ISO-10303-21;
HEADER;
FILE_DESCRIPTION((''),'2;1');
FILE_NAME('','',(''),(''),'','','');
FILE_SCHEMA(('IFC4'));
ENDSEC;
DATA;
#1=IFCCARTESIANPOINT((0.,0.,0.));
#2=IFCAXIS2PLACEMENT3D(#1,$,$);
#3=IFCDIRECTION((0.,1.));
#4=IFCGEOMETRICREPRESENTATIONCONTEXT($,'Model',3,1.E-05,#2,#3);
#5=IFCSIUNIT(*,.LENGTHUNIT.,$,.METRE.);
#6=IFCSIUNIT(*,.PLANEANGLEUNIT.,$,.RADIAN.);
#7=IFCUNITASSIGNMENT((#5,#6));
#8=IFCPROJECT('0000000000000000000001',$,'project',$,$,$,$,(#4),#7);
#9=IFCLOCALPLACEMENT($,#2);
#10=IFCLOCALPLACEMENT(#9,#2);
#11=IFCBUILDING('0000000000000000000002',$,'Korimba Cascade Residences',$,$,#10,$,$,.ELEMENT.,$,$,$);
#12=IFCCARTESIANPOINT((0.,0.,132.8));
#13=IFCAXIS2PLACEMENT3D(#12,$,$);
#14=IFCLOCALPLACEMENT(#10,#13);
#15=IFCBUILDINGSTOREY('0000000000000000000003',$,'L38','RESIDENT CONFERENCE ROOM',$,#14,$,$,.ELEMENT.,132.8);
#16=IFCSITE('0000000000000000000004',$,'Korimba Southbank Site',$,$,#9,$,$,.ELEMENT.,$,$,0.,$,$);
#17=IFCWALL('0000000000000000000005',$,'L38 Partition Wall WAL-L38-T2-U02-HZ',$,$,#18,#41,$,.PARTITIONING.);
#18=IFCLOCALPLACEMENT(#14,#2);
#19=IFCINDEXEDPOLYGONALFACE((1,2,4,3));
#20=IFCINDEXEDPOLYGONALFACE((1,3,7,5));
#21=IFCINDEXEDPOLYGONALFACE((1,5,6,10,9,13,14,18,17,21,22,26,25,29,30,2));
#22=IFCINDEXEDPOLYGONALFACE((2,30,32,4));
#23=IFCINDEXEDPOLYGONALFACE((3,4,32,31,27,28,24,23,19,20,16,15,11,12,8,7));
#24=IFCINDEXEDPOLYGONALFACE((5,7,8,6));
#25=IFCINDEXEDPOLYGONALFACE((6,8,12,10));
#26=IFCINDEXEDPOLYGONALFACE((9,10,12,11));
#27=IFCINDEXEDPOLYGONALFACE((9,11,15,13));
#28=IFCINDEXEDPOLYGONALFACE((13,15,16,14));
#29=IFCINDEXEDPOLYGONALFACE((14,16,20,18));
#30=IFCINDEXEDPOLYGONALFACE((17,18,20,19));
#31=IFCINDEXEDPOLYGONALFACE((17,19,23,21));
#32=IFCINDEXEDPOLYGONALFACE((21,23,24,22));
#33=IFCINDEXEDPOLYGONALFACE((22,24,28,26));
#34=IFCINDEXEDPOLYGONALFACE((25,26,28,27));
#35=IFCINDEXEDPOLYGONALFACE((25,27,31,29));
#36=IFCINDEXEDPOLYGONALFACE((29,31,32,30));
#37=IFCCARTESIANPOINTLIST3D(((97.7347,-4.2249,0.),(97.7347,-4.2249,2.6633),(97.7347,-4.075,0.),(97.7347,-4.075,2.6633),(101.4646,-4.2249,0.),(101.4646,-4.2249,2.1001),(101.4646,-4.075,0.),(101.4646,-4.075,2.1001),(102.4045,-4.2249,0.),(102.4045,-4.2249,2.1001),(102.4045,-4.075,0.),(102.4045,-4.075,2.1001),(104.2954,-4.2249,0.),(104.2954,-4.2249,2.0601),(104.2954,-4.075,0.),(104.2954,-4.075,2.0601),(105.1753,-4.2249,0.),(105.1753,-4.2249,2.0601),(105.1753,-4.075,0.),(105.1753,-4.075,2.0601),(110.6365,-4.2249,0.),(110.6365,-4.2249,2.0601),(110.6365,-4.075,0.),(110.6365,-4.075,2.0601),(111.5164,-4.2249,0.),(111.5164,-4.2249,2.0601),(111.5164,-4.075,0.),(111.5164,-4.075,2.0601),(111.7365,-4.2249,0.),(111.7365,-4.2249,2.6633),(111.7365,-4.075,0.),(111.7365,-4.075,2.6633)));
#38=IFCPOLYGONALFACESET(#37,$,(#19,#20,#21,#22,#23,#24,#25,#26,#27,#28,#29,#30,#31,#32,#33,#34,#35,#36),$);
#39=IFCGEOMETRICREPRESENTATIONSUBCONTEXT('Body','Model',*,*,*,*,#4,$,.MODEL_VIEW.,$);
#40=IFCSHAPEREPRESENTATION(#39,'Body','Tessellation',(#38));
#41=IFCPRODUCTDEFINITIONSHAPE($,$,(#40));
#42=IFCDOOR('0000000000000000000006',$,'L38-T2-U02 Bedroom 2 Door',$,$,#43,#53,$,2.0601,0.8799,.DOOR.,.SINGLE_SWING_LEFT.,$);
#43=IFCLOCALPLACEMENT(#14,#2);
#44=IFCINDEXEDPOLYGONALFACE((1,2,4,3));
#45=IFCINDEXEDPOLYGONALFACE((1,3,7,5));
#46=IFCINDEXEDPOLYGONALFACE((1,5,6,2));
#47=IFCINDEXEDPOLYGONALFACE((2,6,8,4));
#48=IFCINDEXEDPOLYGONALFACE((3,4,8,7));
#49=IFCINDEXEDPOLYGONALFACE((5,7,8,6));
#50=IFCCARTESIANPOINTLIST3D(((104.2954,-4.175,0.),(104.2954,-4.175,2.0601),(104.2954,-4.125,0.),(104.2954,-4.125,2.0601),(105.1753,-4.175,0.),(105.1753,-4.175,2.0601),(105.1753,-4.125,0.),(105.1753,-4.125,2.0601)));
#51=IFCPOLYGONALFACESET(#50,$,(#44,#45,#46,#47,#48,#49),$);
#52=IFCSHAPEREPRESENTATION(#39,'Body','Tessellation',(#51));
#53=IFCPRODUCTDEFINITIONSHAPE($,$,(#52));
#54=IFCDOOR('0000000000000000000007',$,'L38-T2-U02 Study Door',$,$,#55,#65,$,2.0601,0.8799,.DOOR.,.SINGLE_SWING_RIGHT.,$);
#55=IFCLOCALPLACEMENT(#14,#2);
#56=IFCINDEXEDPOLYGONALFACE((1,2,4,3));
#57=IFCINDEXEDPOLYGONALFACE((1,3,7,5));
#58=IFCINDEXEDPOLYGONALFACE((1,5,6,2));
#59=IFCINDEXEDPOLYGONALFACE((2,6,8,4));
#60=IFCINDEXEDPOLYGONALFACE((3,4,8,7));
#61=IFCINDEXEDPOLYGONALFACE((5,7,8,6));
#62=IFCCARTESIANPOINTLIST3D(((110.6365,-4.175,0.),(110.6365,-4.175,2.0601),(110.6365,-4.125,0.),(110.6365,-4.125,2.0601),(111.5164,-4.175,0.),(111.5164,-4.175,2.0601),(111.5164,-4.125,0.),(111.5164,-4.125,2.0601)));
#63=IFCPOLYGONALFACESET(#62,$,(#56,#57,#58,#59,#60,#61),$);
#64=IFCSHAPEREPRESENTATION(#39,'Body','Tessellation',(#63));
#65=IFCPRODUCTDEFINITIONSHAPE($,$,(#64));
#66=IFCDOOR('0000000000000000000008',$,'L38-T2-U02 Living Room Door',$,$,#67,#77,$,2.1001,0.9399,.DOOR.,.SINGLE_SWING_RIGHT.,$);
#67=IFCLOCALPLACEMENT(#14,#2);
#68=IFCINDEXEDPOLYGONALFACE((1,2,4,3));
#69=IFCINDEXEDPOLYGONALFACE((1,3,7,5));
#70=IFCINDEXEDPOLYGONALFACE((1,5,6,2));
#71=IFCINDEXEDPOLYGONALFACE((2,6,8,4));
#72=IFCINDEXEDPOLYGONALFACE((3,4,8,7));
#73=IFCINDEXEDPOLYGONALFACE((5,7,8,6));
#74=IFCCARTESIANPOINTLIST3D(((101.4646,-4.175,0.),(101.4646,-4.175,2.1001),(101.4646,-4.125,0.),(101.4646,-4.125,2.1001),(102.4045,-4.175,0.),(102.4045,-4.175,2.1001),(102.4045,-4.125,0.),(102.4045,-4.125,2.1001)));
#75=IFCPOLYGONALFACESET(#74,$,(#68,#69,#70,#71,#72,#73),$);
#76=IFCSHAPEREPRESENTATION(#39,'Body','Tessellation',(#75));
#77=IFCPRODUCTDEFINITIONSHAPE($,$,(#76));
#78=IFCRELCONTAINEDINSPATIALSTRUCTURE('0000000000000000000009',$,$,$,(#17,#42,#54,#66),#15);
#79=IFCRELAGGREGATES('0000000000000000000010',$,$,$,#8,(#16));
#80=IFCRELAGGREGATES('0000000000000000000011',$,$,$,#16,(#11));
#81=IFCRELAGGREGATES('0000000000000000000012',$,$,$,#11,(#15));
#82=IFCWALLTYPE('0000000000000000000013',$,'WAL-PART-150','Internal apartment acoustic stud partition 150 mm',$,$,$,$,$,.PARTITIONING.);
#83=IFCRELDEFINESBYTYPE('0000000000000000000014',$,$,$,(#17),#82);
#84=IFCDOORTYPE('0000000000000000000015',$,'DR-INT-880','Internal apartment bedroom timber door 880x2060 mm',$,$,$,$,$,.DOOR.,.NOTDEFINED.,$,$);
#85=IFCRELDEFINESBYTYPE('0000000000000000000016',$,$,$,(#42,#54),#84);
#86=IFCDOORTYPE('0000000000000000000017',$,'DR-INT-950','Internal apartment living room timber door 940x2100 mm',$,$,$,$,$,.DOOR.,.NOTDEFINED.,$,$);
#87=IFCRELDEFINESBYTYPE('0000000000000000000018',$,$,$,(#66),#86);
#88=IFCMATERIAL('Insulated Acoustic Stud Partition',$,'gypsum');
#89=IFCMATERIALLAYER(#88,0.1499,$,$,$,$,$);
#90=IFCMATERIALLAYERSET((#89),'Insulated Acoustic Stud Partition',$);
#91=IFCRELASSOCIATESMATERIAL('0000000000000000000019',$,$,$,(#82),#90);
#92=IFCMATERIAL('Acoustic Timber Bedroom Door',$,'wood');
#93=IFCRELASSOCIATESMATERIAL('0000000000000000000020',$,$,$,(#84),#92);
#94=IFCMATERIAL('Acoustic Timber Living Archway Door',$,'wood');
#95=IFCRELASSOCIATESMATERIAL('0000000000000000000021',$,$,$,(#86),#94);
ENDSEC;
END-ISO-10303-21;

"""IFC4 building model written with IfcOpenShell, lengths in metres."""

from ifc_helpers import new_model, si_unit, direction, frame, frame_2d, origin, place, context, subcontext, project, spatial, rectangle, extrude, material, layer, layer_set, type_object, element, fill, save


model = new_model("IFC4")

# Units and contexts
model_context = context("Model", 3, precision=1e-05, world=origin(), true_north=direction((0.0, 1.0)))
body_context = subcontext(model_context, "Body", "Model", "MODEL_VIEW")
ifc_project = project(units=[si_unit("LENGTHUNIT", "METRE"), si_unit("PLANEANGLEUNIT", "RADIAN")], contexts=[model_context])

# Site, building, storey
site_placement = place(None, origin())
site = spatial("IfcSite", under=ifc_project, at=site_placement, Name="Korimba Southbank Site", CompositionType="ELEMENT", RefElevation=0.0)
building_placement = place(site_placement, origin())
building = spatial("IfcBuilding", under=site, at=building_placement, Name="Korimba Cascade Residences", CompositionType="ELEMENT")
storey_placement = place(building_placement, frame((0.0, 0.0, 132.8)))
storey = spatial("IfcBuildingStorey", under=building, at=storey_placement, Name="L38", Description="RESIDENT CONFERENCE ROOM", CompositionType="ELEMENT", Elevation=132.8)

# Shared definitions
ifc_material_1 = material(Name="Insulated Acoustic Stud Partition", Category="gypsum")
ifc_layer = layer(ifc_material_1, 0.1499)
ifc_layer_set = layer_set([ifc_layer], Name="Insulated Acoustic Stud Partition")
wall_type = type_object("IfcWallType", Name="WAL-PART-150", Description="Internal apartment acoustic stud partition 150 mm", PredefinedType="PARTITIONING", material=ifc_layer_set)
ifc_material_2 = material(Name="Acoustic Timber Bedroom Door", Category="wood")
door_type_1 = type_object("IfcDoorType", Name="DR-INT-880", Description="Internal apartment bedroom timber door 880x2060 mm", OperationType="NOTDEFINED", PredefinedType="DOOR", material=ifc_material_2)

# Wall, openings, doors
wall_1_placement = place(storey_placement, frame((97.7346, -4.1499, 0.0), z_axis=(0.0, 0.0, 1.0), x_axis=(1.0, 0.0, 0.0)))
wall_1 = element("IfcWall", 1, at=wall_1_placement, inside=storey, type_object=wall_type, Name="L38 Partition Wall WAL-L38-T2-U02-HZ", PredefinedType="PARTITIONING", context=body_context, shape_type="SweptSolid", body=[
    extrude(rectangle(XDim=14.0017, YDim=0.1499, at=frame_2d((7.001, 0.0))), origin(), (0.0, 0.0, 1.0), 2.6633),
])
opening_1_placement = place(wall_1_placement, frame((3.73, 0.0, 0.0)))
opening_1 = element("IfcOpeningElement", 2, at=opening_1_placement, cuts=wall_1, PredefinedType="OPENING", context=body_context, shape_type="SweptSolid", body=[
    extrude(rectangle(XDim=0.9399, YDim=2.1001, at=frame_2d((0.47, 1.05))), frame((0.0, 0.085, 0.0), z_axis=(0.0, -1.0, 0.0), x_axis=(1.0, 0.0, 0.0)), (0.0, 0.0, 1.0), 0.1699),
])
opening_2_placement = place(wall_1_placement, frame((6.5608, 0.0, 0.0)))
opening_2 = element("IfcOpeningElement", 3, at=opening_2_placement, cuts=wall_1, PredefinedType="OPENING", context=body_context, shape_type="SweptSolid", body=[
    extrude(rectangle(XDim=0.8799, YDim=2.0601, at=frame_2d((0.4399, 1.03))), frame((0.0, 0.085, 0.0), z_axis=(0.0, -1.0, 0.0), x_axis=(1.0, 0.0, 0.0)), (0.0, 0.0, 1.0), 0.1699),
])
opening_3_placement = place(wall_1_placement, frame((12.9019, 0.0, 0.0)))
opening_3 = element("IfcOpeningElement", 4, at=opening_3_placement, cuts=wall_1, PredefinedType="OPENING", context=body_context, shape_type="SweptSolid", body=[
    extrude(rectangle(XDim=0.8799, YDim=2.0601, at=frame_2d((0.4399, 1.03))), frame((0.0, 0.085, 0.0), z_axis=(0.0, -1.0, 0.0), x_axis=(1.0, 0.0, 0.0)), (0.0, 0.0, 1.0), 0.1699),
])
door_1_placement = place(opening_2_placement, origin())
door_1 = element("IfcDoor", 5, at=door_1_placement, inside=storey, type_object=door_type_1, Name="L38-T2-U02 Bedroom 2 Door", OperationType="SINGLE_SWING_LEFT", OverallHeight=2.0601, OverallWidth=0.8799, PredefinedType="DOOR", context=body_context, shape_type="SweptSolid", body=[
    extrude(rectangle(XDim=0.8799, YDim=2.0601, at=frame_2d((0.4399, 1.03))), frame((0.0, 0.0249, 0.0), z_axis=(0.0, -1.0, 0.0), x_axis=(1.0, 0.0, 0.0)), (0.0, 0.0, 1.0), 0.05),
])
fill(opening_2, door_1)
door_2_placement = place(opening_3_placement, origin())
door_2 = element("IfcDoor", 6, at=door_2_placement, inside=storey, type_object=door_type_1, Name="L38-T2-U02 Study Door", OperationType="SINGLE_SWING_RIGHT", OverallHeight=2.0601, OverallWidth=0.8799, PredefinedType="DOOR", context=body_context, shape_type="SweptSolid", body=[
    extrude(rectangle(XDim=0.8799, YDim=2.0601, at=frame_2d((0.4399, 1.03))), frame((0.0, 0.0249, 0.0), z_axis=(0.0, -1.0, 0.0), x_axis=(1.0, 0.0, 0.0)), (0.0, 0.0, 1.0), 0.05),
])
fill(opening_3, door_2)
ifc_material_3 = material(Name="Acoustic Timber Living Archway Door", Category="wood")
door_type_2 = type_object("IfcDoorType", Name="DR-INT-950", Description="Internal apartment living room timber door 940x2100 mm", OperationType="NOTDEFINED", PredefinedType="DOOR", material=ifc_material_3)
door_3_placement = place(opening_1_placement, origin())
door_3 = element("IfcDoor", 7, at=door_3_placement, inside=storey, type_object=door_type_2, Name="L38-T2-U02 Living Room Door", OperationType="SINGLE_SWING_RIGHT", OverallHeight=2.1001, OverallWidth=0.9399, PredefinedType="DOOR", context=body_context, shape_type="SweptSolid", body=[
    extrude(rectangle(XDim=0.9399, YDim=2.1001, at=frame_2d((0.47, 1.05))), frame((0.0, 0.0249, 0.0), z_axis=(0.0, -1.0, 0.0), x_axis=(1.0, 0.0, 0.0)), (0.0, 0.0, 1.0), 0.05),
])
fill(opening_1, door_3)

save(model, "model.ifc")
